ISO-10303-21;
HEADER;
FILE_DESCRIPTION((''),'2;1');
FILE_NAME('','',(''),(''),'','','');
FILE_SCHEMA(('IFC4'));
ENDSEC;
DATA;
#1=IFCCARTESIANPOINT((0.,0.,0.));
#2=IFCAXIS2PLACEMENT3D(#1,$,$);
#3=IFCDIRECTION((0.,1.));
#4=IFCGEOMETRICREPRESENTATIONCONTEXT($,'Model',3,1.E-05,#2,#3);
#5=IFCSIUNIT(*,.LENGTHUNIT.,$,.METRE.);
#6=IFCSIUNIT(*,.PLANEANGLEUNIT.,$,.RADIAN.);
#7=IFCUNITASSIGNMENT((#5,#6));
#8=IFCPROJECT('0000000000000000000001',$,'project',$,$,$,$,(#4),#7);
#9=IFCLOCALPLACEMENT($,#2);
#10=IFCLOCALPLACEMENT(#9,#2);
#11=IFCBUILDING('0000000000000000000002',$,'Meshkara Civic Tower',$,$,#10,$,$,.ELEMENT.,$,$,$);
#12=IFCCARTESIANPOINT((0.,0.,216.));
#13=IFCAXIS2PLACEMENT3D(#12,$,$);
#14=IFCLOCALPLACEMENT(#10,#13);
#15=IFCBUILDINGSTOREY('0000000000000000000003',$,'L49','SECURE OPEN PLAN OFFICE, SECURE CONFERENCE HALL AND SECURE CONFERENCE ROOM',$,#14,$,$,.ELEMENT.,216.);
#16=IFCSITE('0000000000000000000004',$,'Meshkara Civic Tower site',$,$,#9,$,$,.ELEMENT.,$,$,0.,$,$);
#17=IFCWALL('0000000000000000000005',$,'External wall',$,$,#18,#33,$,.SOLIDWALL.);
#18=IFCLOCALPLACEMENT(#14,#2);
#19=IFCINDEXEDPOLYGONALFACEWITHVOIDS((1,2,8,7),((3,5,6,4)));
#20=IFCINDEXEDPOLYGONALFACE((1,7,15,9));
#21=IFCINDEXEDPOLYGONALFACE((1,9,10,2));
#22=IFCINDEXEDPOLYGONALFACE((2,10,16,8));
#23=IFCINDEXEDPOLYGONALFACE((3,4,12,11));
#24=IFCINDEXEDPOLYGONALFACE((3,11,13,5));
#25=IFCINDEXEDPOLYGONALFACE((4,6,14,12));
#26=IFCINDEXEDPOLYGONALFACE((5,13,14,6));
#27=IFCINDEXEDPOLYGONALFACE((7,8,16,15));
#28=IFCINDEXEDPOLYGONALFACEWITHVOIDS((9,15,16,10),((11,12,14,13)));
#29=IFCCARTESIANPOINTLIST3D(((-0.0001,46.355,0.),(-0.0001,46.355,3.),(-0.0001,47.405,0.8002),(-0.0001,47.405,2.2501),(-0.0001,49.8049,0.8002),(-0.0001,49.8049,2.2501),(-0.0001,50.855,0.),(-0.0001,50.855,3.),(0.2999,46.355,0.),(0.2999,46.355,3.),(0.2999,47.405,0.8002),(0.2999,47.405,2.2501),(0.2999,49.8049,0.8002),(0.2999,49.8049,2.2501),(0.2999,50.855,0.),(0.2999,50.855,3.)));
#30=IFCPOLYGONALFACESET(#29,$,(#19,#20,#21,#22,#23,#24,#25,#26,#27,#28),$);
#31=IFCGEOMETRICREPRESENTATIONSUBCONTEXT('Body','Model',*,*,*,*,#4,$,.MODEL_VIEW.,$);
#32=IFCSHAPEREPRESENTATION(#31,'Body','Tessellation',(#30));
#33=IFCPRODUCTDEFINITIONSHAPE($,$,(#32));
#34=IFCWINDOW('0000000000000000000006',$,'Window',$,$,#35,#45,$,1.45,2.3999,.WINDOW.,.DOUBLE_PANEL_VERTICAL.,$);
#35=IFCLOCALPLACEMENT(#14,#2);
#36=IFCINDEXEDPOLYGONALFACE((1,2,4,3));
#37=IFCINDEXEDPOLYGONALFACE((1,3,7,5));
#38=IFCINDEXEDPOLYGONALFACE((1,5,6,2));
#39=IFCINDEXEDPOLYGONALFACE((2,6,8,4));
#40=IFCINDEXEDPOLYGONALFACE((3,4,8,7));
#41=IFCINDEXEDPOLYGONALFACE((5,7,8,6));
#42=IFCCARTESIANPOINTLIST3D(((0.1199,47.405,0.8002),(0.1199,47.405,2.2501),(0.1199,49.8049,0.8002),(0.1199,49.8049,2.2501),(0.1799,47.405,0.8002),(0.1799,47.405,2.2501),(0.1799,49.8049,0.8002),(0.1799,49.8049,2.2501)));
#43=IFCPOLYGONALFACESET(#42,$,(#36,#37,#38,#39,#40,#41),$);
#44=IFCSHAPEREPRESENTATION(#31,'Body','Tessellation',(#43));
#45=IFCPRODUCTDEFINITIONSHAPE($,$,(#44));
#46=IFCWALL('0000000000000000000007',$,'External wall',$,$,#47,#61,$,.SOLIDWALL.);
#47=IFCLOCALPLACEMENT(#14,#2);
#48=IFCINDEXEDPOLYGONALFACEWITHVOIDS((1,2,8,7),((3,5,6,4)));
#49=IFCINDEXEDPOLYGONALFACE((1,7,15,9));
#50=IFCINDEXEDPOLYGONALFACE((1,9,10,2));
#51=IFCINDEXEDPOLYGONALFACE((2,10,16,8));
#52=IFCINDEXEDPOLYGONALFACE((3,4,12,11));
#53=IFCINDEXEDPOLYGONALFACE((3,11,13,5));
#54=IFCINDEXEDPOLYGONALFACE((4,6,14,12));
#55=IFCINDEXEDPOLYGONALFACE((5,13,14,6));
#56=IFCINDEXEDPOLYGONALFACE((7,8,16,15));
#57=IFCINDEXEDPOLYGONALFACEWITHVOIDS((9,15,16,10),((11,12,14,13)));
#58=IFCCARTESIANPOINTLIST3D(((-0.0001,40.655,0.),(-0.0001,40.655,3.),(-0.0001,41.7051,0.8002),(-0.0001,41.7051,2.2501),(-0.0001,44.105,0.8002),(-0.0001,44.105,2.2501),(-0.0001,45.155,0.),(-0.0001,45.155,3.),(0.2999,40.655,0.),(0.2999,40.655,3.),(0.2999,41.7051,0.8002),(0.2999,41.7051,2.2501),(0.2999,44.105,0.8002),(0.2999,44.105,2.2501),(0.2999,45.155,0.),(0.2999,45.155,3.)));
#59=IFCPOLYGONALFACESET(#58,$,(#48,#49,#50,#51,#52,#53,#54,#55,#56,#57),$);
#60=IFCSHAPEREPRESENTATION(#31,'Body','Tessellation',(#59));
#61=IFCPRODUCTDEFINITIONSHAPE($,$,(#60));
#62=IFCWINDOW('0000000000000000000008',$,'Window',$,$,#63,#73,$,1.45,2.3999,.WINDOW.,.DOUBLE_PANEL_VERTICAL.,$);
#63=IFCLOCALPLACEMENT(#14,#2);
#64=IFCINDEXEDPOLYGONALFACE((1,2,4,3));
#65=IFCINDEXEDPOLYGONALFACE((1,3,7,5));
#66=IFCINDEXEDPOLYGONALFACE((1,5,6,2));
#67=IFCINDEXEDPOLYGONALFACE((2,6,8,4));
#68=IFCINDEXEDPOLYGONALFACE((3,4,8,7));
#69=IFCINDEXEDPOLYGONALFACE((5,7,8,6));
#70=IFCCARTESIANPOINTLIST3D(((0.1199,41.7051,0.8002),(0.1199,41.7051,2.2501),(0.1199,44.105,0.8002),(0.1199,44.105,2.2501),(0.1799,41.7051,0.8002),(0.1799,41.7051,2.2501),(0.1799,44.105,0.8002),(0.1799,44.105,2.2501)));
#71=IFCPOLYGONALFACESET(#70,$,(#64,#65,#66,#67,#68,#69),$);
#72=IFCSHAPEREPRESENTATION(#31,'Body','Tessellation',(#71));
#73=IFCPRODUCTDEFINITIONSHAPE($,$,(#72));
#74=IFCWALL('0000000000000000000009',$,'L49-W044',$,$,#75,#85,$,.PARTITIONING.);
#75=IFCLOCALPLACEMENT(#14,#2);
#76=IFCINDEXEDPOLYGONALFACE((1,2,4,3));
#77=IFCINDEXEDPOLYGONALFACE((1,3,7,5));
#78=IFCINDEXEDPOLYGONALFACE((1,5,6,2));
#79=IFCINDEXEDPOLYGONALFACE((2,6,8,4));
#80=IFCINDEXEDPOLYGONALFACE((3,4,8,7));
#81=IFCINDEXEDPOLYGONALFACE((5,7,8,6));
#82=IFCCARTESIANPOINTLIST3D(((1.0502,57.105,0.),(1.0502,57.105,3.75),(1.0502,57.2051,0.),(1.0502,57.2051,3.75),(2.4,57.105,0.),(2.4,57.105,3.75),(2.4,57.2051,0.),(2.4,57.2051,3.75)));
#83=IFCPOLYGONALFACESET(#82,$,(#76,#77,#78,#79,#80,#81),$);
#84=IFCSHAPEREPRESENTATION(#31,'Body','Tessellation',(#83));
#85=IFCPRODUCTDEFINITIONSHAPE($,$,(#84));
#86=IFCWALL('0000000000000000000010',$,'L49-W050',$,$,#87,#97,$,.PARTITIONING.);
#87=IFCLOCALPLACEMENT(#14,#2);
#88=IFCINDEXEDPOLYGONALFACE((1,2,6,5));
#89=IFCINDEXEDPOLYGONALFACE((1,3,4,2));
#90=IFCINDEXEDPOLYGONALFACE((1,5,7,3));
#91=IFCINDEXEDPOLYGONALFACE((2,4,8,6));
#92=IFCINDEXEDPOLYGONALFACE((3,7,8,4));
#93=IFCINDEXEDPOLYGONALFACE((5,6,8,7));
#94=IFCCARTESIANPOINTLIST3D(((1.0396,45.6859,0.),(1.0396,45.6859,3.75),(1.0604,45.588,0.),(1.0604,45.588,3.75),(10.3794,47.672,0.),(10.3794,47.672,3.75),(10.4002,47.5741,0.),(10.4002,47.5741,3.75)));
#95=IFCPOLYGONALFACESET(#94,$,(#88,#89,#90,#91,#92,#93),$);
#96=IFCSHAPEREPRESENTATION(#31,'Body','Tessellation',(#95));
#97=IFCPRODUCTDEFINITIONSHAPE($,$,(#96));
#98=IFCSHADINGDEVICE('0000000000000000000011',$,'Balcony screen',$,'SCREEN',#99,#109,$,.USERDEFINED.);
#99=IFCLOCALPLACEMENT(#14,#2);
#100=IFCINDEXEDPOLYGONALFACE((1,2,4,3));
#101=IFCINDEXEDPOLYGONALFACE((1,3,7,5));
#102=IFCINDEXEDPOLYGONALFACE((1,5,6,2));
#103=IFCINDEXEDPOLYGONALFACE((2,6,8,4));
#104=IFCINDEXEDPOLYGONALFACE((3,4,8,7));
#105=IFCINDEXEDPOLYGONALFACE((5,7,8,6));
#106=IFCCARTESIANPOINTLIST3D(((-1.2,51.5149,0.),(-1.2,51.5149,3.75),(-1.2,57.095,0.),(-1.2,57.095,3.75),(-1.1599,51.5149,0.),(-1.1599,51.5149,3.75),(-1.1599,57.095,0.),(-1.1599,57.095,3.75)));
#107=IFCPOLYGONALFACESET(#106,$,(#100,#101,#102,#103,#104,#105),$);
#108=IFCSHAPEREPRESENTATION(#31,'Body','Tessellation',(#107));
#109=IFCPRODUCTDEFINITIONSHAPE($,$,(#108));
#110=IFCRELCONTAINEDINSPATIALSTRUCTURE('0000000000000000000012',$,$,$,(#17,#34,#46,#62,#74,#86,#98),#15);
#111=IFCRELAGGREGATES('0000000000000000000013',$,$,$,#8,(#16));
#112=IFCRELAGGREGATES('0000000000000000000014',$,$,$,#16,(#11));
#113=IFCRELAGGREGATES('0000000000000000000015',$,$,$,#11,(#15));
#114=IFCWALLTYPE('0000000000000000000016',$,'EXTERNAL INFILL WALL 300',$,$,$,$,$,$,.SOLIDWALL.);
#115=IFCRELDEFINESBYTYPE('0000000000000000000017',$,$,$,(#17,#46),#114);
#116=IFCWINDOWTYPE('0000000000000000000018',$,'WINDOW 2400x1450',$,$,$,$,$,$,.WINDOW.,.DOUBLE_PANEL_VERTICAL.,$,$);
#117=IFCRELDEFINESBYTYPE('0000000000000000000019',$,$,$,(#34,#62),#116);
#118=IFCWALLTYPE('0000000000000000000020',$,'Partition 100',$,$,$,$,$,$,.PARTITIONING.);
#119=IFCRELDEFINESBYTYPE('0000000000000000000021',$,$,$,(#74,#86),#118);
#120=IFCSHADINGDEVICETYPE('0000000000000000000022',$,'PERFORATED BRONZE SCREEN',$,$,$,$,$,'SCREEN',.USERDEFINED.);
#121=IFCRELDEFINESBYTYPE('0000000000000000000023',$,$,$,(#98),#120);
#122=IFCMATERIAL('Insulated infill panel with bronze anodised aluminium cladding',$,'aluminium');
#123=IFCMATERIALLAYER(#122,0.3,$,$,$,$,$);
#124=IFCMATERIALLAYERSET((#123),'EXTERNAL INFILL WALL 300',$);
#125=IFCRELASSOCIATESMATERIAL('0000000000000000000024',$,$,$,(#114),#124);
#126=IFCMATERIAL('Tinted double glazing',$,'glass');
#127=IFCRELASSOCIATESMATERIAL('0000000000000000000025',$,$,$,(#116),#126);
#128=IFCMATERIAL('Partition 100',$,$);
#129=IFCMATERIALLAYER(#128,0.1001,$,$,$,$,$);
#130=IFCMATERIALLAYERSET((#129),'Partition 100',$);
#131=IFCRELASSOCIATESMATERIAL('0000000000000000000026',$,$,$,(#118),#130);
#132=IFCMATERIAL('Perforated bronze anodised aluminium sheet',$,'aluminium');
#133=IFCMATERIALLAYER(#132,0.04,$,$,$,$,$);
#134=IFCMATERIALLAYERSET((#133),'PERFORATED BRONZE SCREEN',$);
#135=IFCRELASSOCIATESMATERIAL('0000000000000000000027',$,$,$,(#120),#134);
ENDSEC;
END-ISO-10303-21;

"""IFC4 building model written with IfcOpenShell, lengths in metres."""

from ifc_helpers import new_model, si_unit, direction, frame, frame_2d, origin, origin_2d, place, context, subcontext, project, spatial, rectangle, extrude, material, layer, layer_set, type_object, element, fill, save


model = new_model("IFC4")

# Units and contexts
model_context = context("Model", 3, precision=1e-05, world=origin(), true_north=direction((0.0, 1.0)))
body_context = subcontext(model_context, "Body", "Model", "MODEL_VIEW")
ifc_project = project(units=[si_unit("LENGTHUNIT", "METRE"), si_unit("PLANEANGLEUNIT", "RADIAN")], contexts=[model_context])

# Site, building, storey
site_placement = place(None, origin())
site = spatial("IfcSite", under=ifc_project, at=site_placement, Name="Meshkara Civic Tower site", CompositionType="ELEMENT", RefElevation=0.0)
building_placement = place(site_placement, origin())
building = spatial("IfcBuilding", under=site, at=building_placement, Name="Meshkara Civic Tower", CompositionType="ELEMENT")
storey_placement = place(building_placement, frame((0.0, 0.0, 216.0)))
storey = spatial("IfcBuildingStorey", under=building, at=storey_placement, Name="L49", Description="SECURE OPEN PLAN OFFICE, SECURE CONFERENCE HALL AND SECURE CONFERENCE ROOM", CompositionType="ELEMENT", Elevation=216.0)

# Walls, openings, windows
ifc_material_1 = material(Name="Insulated infill panel with bronze anodised aluminium cladding", Category="aluminium")
ifc_layer_1 = layer(ifc_material_1, 0.3)
ifc_layer_set_1 = layer_set([ifc_layer_1], Name="EXTERNAL INFILL WALL 300")
wall_type_1 = type_object("IfcWallType", Name="EXTERNAL INFILL WALL 300", PredefinedType="SOLIDWALL", material=ifc_layer_set_1)
wall_1_placement = place(storey_placement, frame((0.1499, 50.855, 0.0), z_axis=(0.0, 0.0, 1.0), x_axis=(0.0, -1.0, 0.0)))
wall_1 = element("IfcWall", 1, at=wall_1_placement, inside=storey, type_object=wall_type_1, Name="External wall", PredefinedType="SOLIDWALL", context=body_context, shape_type="SweptSolid", body=[
    extrude(rectangle(XDim=4.5, YDim=0.3, at=frame_2d((2.25, 0.0))), origin(), (0.0, 0.0, 1.0), 3.0),
])
opening_1_placement = place(wall_1_placement, frame((1.05, 0.0, 0.8)))
opening_1 = element("IfcOpeningElement", 2, at=opening_1_placement, cuts=wall_1, PredefinedType="OPENING", context=body_context, shape_type="SweptSolid", body=[
    extrude(rectangle(XDim=2.3999, YDim=1.45, at=frame_2d((1.2, 0.7251))), frame((0.0, 0.1599, 0.0), z_axis=(0.0, -1.0, 0.0), x_axis=(1.0, 0.0, 0.0)), (0.0, 0.0, 1.0), 0.3201),
])
ifc_material_2 = material(Name="Tinted double glazing", Category="glass")
window_type = type_object("IfcWindowType", Name="WINDOW 2400x1450", PartitioningType="DOUBLE_PANEL_VERTICAL", PredefinedType="WINDOW", material=ifc_material_2)
window_1_placement = place(opening_1_placement, origin())
window_1 = element("IfcWindow", 3, at=window_1_placement, inside=storey, type_object=window_type, Name="Window", OverallHeight=1.45, OverallWidth=2.3999, PartitioningType="DOUBLE_PANEL_VERTICAL", PredefinedType="WINDOW", context=body_context, shape_type="SweptSolid", body=[
    extrude(rectangle(XDim=2.3999, YDim=1.45, at=frame_2d((1.2, 0.7251))), frame((0.0, 0.03, 0.0), z_axis=(0.0, -1.0, 0.0), x_axis=(1.0, 0.0, 0.0)), (0.0, 0.0, 1.0), 0.0601),
])
fill(opening_1, window_1)
wall_2_placement = place(storey_placement, frame((0.1499, 45.155, 0.0), z_axis=(0.0, 0.0, 1.0), x_axis=(0.0, -1.0, 0.0)))
wall_2 = element("IfcWall", 4, at=wall_2_placement, inside=storey, type_object=wall_type_1, Name="External wall", PredefinedType="SOLIDWALL", context=body_context, shape_type="SweptSolid", body=[
    extrude(rectangle(XDim=4.5, YDim=0.3, at=frame_2d((2.25, 0.0))), origin(), (0.0, 0.0, 1.0), 3.0),
])
opening_2_placement = place(wall_2_placement, frame((1.05, 0.0, 0.8)))
opening_2 = element("IfcOpeningElement", 5, at=opening_2_placement, cuts=wall_2, PredefinedType="OPENING", context=body_context, shape_type="SweptSolid", body=[
    extrude(rectangle(XDim=2.3999, YDim=1.45, at=frame_2d((1.2, 0.7251))), frame((0.0, 0.1599, 0.0), z_axis=(0.0, -1.0, 0.0), x_axis=(1.0, 0.0, 0.0)), (0.0, 0.0, 1.0), 0.3201),
])
window_2_placement = place(opening_2_placement, origin())
window_2 = element("IfcWindow", 6, at=window_2_placement, inside=storey, type_object=window_type, Name="Window", OverallHeight=1.45, OverallWidth=2.3999, PartitioningType="DOUBLE_PANEL_VERTICAL", PredefinedType="WINDOW", context=body_context, shape_type="SweptSolid", body=[
    extrude(rectangle(XDim=2.3999, YDim=1.45, at=frame_2d((1.2, 0.7251))), frame((0.0, 0.03, 0.0), z_axis=(0.0, -1.0, 0.0), x_axis=(1.0, 0.0, 0.0)), (0.0, 0.0, 1.0), 0.0601),
])
fill(opening_2, window_2)

# Walls
ifc_material_3 = material(Name="Partition 100")
ifc_layer_2 = layer(ifc_material_3, 0.1001)
ifc_layer_set_2 = layer_set([ifc_layer_2], Name="Partition 100")
wall_type_2 = type_object("IfcWallType", Name="Partition 100", PredefinedType="PARTITIONING", material=ifc_layer_set_2)
wall_3_placement = place(storey_placement, frame((2.3999, 57.155, 0.0), z_axis=(0.0, 0.0, 1.0), x_axis=(-1.0, 0.0, 0.0)))
element("IfcWall", 7, at=wall_3_placement, inside=storey, type_object=wall_type_2, Name="L49-W044", PredefinedType="PARTITIONING", context=body_context, shape_type="SweptSolid", body=[
    extrude(rectangle(XDim=1.3499, YDim=0.1001, at=frame_2d((0.6748, 0.0))), origin(), (0.0, 0.0, 1.0), 3.75),
])
wall_4_placement = place(storey_placement, frame((10.3899, 47.623, 0.0), z_axis=(0.0, 0.0, 1.0), x_axis=(-0.97813, -0.207996, 0.0)))
element("IfcWall", 8, at=wall_4_placement, inside=storey, type_object=wall_type_2, Name="L49-W050", PredefinedType="PARTITIONING", context=body_context, shape_type="SweptSolid", body=[
    extrude(rectangle(XDim=9.5486, YDim=0.1001, at=frame_2d((4.7744, 0.0))), origin(), (0.0, 0.0, 1.0), 3.75),
])

# Shading device
ifc_material_4 = material(Name="Perforated bronze anodised aluminium sheet", Category="aluminium")
ifc_layer_3 = layer(ifc_material_4, 0.04)
ifc_layer_set_3 = layer_set([ifc_layer_3], Name="PERFORATED BRONZE SCREEN")
shading_device_type = type_object("IfcShadingDeviceType", Name="PERFORATED BRONZE SCREEN", ElementType="SCREEN", PredefinedType="USERDEFINED", material=ifc_layer_set_3)
shading_device_placement = place(storey_placement, frame((-1.1799, 54.3049, 0.0), z_axis=(0.0, 0.0, 1.0), x_axis=(0.0, -1.0, 0.0)))
element("IfcShadingDevice", 9, at=shading_device_placement, inside=storey, type_object=shading_device_type, Name="Balcony screen", ObjectType="SCREEN", PredefinedType="USERDEFINED", context=body_context, shape_type="SweptSolid", body=[
    extrude(rectangle(XDim=5.5801, YDim=0.04, at=origin_2d()), origin(), (0.0, 0.0, 1.0), 3.75),
])

save(model, "model.ifc")
